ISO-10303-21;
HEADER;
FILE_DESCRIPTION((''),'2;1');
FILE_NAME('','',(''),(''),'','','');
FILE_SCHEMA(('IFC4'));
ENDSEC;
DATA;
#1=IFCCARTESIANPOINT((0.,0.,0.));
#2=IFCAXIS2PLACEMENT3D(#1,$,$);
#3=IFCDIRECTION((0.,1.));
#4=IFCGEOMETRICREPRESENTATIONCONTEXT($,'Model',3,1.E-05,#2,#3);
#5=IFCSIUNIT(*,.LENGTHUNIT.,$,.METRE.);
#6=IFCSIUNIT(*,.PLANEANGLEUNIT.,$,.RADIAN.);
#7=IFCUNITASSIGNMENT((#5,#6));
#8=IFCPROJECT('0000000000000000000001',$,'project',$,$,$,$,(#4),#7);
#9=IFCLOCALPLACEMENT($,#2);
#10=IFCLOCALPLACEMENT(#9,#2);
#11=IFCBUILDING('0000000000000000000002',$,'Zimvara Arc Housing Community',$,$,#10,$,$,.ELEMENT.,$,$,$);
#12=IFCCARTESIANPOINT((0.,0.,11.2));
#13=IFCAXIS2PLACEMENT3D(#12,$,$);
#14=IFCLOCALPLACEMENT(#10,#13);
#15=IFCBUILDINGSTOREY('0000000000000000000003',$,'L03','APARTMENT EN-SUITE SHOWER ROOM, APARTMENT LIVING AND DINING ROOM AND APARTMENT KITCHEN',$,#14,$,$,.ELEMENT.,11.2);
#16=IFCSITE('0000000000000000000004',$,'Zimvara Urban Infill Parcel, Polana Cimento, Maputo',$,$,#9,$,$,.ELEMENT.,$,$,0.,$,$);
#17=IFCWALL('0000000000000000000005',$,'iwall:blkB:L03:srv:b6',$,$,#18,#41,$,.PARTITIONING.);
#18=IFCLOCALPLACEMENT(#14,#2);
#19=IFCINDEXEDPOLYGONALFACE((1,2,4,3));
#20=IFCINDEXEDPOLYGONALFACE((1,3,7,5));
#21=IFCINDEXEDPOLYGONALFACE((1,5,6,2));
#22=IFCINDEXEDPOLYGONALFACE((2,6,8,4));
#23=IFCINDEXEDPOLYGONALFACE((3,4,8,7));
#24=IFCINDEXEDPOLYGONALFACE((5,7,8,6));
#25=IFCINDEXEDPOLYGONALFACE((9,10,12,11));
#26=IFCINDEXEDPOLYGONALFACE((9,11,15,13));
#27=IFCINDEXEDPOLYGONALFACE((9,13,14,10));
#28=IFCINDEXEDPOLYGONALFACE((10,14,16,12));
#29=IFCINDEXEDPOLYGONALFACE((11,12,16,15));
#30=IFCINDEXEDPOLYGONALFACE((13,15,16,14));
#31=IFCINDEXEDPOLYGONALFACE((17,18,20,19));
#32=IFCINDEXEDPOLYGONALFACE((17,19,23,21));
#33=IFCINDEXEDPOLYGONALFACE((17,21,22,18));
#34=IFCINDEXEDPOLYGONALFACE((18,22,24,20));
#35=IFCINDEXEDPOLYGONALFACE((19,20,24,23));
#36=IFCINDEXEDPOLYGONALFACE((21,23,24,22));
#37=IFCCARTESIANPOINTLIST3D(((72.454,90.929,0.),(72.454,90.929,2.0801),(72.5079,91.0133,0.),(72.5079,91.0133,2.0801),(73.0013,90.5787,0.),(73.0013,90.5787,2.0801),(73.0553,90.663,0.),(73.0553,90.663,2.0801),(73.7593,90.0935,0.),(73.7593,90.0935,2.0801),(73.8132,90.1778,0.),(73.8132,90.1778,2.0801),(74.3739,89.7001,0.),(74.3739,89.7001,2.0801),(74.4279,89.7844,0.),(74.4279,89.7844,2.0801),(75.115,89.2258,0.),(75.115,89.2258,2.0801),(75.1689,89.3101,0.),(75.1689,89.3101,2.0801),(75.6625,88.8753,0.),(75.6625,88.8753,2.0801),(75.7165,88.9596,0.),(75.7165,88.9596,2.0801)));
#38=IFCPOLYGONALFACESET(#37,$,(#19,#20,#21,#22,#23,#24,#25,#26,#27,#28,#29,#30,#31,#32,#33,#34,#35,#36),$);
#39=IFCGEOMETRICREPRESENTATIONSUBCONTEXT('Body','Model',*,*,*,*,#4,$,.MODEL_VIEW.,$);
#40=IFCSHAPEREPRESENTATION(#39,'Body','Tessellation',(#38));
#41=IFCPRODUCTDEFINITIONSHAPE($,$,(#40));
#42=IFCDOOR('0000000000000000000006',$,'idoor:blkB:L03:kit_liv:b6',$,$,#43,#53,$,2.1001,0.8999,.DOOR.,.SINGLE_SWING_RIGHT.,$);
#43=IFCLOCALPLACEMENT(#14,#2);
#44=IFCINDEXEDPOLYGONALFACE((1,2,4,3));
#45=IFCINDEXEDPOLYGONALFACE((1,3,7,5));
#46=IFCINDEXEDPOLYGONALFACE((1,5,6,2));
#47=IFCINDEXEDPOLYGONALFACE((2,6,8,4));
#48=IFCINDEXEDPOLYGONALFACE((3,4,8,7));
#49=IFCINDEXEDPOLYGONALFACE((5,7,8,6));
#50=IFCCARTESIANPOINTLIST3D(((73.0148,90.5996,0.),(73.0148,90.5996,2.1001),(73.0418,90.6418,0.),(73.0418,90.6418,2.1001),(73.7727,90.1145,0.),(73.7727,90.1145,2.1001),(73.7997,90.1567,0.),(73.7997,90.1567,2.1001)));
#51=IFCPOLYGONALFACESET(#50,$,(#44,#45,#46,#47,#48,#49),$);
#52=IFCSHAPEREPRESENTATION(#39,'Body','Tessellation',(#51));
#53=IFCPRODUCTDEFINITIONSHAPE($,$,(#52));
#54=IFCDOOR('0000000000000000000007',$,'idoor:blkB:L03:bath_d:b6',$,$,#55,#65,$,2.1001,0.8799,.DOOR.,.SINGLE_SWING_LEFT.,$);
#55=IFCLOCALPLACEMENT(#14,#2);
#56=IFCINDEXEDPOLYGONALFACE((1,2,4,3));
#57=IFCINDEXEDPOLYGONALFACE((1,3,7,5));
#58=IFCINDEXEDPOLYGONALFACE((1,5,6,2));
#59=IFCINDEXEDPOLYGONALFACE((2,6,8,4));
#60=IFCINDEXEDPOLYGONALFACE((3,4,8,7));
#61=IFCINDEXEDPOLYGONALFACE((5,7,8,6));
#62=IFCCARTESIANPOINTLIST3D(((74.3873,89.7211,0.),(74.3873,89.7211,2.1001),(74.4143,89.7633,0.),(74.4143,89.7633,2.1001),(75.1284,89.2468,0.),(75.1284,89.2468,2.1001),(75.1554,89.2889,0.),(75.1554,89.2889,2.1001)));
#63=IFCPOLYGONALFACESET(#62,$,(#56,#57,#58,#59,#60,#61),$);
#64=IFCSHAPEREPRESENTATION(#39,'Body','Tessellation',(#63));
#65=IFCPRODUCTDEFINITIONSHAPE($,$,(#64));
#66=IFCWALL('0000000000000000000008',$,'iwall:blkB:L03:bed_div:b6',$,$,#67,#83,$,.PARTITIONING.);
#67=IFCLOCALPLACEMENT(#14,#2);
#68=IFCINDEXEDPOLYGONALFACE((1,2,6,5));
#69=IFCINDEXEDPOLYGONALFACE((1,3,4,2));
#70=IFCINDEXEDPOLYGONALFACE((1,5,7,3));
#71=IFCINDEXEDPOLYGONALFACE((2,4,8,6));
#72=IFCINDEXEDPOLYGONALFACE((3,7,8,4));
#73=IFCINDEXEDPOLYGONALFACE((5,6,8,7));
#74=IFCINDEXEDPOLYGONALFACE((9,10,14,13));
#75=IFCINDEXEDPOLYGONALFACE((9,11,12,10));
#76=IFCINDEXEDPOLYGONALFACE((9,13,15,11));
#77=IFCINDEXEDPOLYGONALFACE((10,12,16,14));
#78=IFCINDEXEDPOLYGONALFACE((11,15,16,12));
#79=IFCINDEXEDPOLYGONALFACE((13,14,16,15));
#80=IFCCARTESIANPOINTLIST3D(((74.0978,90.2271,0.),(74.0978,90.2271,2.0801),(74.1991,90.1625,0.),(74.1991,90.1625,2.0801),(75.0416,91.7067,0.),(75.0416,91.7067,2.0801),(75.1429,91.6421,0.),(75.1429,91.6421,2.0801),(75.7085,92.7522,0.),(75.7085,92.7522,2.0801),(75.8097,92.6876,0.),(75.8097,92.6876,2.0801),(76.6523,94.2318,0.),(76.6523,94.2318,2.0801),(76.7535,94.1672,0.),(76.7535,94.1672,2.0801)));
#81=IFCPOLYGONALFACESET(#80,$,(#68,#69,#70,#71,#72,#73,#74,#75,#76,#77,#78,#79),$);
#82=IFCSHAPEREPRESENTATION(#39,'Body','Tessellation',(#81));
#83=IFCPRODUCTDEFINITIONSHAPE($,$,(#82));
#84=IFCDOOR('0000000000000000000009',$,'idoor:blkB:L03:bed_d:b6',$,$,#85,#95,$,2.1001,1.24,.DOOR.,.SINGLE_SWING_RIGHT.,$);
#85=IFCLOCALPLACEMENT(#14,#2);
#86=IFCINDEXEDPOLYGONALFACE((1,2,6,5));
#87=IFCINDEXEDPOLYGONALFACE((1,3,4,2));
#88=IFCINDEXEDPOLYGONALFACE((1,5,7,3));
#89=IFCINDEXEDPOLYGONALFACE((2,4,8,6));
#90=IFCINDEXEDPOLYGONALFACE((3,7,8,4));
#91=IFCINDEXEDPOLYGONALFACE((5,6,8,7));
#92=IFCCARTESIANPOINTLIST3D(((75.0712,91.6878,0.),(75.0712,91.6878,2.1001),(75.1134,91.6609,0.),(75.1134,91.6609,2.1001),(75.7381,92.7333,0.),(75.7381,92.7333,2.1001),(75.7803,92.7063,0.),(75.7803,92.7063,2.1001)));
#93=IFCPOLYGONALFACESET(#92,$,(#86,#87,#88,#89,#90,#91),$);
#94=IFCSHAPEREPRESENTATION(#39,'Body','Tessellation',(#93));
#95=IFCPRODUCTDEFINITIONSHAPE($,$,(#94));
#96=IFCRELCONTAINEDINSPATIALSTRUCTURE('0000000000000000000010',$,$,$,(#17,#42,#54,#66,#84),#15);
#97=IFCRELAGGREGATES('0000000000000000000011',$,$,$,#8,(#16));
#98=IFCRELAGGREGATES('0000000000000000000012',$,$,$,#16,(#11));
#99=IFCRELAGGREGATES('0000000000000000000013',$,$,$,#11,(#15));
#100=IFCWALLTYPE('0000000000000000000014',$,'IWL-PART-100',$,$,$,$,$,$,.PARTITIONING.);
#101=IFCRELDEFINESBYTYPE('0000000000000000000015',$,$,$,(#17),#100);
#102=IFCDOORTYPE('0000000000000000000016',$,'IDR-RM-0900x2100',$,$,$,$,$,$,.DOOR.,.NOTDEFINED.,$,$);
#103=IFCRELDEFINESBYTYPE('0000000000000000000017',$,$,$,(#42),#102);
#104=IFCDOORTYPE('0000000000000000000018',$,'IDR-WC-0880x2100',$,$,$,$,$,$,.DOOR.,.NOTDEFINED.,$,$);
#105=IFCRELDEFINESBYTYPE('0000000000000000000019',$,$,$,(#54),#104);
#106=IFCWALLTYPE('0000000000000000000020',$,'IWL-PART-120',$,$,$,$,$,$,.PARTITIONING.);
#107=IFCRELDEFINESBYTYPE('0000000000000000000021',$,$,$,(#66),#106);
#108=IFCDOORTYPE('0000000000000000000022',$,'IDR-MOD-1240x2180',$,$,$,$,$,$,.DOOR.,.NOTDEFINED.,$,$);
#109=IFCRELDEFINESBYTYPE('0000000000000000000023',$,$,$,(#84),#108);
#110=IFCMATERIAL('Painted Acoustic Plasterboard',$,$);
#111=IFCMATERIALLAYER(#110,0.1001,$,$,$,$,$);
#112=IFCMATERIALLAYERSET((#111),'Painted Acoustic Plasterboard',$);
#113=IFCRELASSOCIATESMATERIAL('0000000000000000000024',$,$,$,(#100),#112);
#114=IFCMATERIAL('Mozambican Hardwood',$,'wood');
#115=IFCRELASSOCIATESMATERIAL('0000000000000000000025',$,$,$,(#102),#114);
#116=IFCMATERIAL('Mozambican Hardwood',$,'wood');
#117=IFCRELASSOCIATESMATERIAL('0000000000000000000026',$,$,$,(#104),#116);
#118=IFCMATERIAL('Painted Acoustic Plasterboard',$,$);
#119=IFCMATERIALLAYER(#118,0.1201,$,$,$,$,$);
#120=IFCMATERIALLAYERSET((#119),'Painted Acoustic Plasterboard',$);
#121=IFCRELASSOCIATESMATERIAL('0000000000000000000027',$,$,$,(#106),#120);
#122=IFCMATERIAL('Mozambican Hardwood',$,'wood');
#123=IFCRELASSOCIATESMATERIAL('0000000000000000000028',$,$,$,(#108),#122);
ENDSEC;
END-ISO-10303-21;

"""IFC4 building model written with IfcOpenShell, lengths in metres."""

from ifc_helpers import new_model, si_unit, direction, frame, frame_2d, origin, place, context, subcontext, project, spatial, rectangle, extrude, material, layer, layer_set, type_object, element, fill, save


model = new_model("IFC4")

# Units and contexts
model_context = context("Model", 3, precision=1e-05, world=origin(), true_north=direction((0.0, 1.0)))
body_context = subcontext(model_context, "Body", "Model", "MODEL_VIEW")
ifc_project = project(units=[si_unit("LENGTHUNIT", "METRE"), si_unit("PLANEANGLEUNIT", "RADIAN")], contexts=[model_context])

# Site, building, storey
site_placement = place(None, origin())
site = spatial("IfcSite", under=ifc_project, at=site_placement, Name="Zimvara Urban Infill Parcel, Polana Cimento, Maputo", CompositionType="ELEMENT", RefElevation=0.0)
building_placement = place(site_placement, origin())
building = spatial("IfcBuilding", under=site, at=building_placement, Name="Zimvara Arc Housing Community", CompositionType="ELEMENT")
storey_placement = place(building_placement, frame((0.0, 0.0, 11.2)))
storey = spatial("IfcBuildingStorey", under=building, at=storey_placement, Name="L03", Description="APARTMENT EN-SUITE SHOWER ROOM, APARTMENT LIVING AND DINING ROOM AND APARTMENT KITCHEN", CompositionType="ELEMENT", Elevation=11.2)

# Wall, openings, doors
ifc_material_1 = material(Name="Painted Acoustic Plasterboard")
ifc_layer_1 = layer(ifc_material_1, 0.1001)
ifc_layer_set_1 = layer_set([ifc_layer_1], Name="Painted Acoustic Plasterboard")
wall_type_1 = type_object("IfcWallType", Name="IWL-PART-100", PredefinedType="PARTITIONING", material=ifc_layer_set_1)
wall_1_placement = place(storey_placement, frame((72.481, 90.9712, 0.0), z_axis=(0.0, 0.0, 1.0), x_axis=(0.842239, -0.539105, 0.0)))
wall_1 = element("IfcWall", 1, at=wall_1_placement, inside=storey, type_object=wall_type_1, Name="iwall:blkB:L03:srv:b6", PredefinedType="PARTITIONING", context=body_context, shape_type="SweptSolid", body=[
    extrude(rectangle(XDim=3.8096, YDim=0.1001, at=frame_2d((1.9048, 0.0))), origin(), (0.0, 0.0, 1.0), 2.0801),
])
opening_1_placement = place(wall_1_placement, frame((0.6499, 0.0, 0.0)))
opening_1 = element("IfcOpeningElement", 2, at=opening_1_placement, cuts=wall_1, PredefinedType="OPENING", context=body_context, shape_type="SweptSolid", body=[
    extrude(rectangle(XDim=0.8999, YDim=2.1001, at=frame_2d((0.45, 1.05))), frame((0.0, 0.0601, 0.0), z_axis=(0.0, -1.0, 0.0), x_axis=(1.0, 0.0, 0.0)), (0.0, 0.0, 1.0), 0.1201),
])
opening_2_placement = place(wall_1_placement, frame((2.2795, 0.0, 0.0)))
opening_2 = element("IfcOpeningElement", 3, at=opening_2_placement, cuts=wall_1, PredefinedType="OPENING", context=body_context, shape_type="SweptSolid", body=[
    extrude(rectangle(XDim=0.8799, YDim=2.1001, at=frame_2d((0.4399, 1.05))), frame((0.0, 0.0601, 0.0), z_axis=(0.0, -1.0, 0.0), x_axis=(1.0, 0.0, 0.0)), (0.0, 0.0, 1.0), 0.1201),
])
ifc_material_2 = material(Name="Mozambican Hardwood", Category="wood")
door_type_1 = type_object("IfcDoorType", Name="IDR-RM-0900x2100", OperationType="NOTDEFINED", PredefinedType="DOOR", material=ifc_material_2)
door_1_placement = place(opening_1_placement, origin())
door_1 = element("IfcDoor", 4, at=door_1_placement, inside=storey, type_object=door_type_1, Name="idoor:blkB:L03:kit_liv:b6", OperationType="SINGLE_SWING_RIGHT", OverallHeight=2.1001, OverallWidth=0.8999, PredefinedType="DOOR", context=body_context, shape_type="SweptSolid", body=[
    extrude(rectangle(XDim=0.8999, YDim=2.1001, at=frame_2d((0.45, 1.05))), frame((0.0, 0.0249, 0.0), z_axis=(0.0, -1.0, 0.0), x_axis=(1.0, 0.0, 0.0)), (0.0, 0.0, 1.0), 0.05),
])
fill(opening_1, door_1)
ifc_material_3 = material(Name="Mozambican Hardwood", Category="wood")
door_type_2 = type_object("IfcDoorType", Name="IDR-WC-0880x2100", OperationType="NOTDEFINED", PredefinedType="DOOR", material=ifc_material_3)
door_2_placement = place(opening_2_placement, origin())
door_2 = element("IfcDoor", 5, at=door_2_placement, inside=storey, type_object=door_type_2, Name="idoor:blkB:L03:bath_d:b6", OperationType="SINGLE_SWING_LEFT", OverallHeight=2.1001, OverallWidth=0.8799, PredefinedType="DOOR", context=body_context, shape_type="SweptSolid", body=[
    extrude(rectangle(XDim=0.8799, YDim=2.1001, at=frame_2d((0.4399, 1.05))), frame((0.0, 0.0249, 0.0), z_axis=(0.0, -1.0, 0.0), x_axis=(1.0, 0.0, 0.0)), (0.0, 0.0, 1.0), 0.05),
])
fill(opening_2, door_2)

# Wall, opening, door
ifc_material_4 = material(Name="Painted Acoustic Plasterboard")
ifc_layer_2 = layer(ifc_material_4, 0.1201)
ifc_layer_set_2 = layer_set([ifc_layer_2], Name="Painted Acoustic Plasterboard")
wall_type_2 = type_object("IfcWallType", Name="IWL-PART-120", PredefinedType="PARTITIONING", material=ifc_layer_set_2)
wall_2_placement = place(storey_placement, frame((74.1484, 90.1948, 0.0), z_axis=(0.0, 0.0, 1.0), x_axis=(0.53778, 0.843085, 0.0)))
wall_2 = element("IfcWall", 6, at=wall_2_placement, inside=storey, type_object=wall_type_2, Name="iwall:blkB:L03:bed_div:b6", PredefinedType="PARTITIONING", context=body_context, shape_type="SweptSolid", body=[
    extrude(rectangle(XDim=4.75, YDim=0.1201, at=frame_2d((2.375, 0.0))), origin(), (0.0, 0.0, 1.0), 2.0801),
])
opening_3_placement = place(wall_2_placement, frame((1.7549, 0.0, 0.0)))
opening_3 = element("IfcOpeningElement", 7, at=opening_3_placement, cuts=wall_2, PredefinedType="OPENING", context=body_context, shape_type="SweptSolid", body=[
    extrude(rectangle(XDim=1.24, YDim=2.1001, at=frame_2d((0.6201, 1.05))), frame((0.0, 0.0701, 0.0), z_axis=(0.0, -1.0, 0.0), x_axis=(1.0, 0.0, 0.0)), (0.0, 0.0, 1.0), 0.1401),
])
ifc_material_5 = material(Name="Mozambican Hardwood", Category="wood")
door_type_3 = type_object("IfcDoorType", Name="IDR-MOD-1240x2180", OperationType="NOTDEFINED", PredefinedType="DOOR", material=ifc_material_5)
door_3_placement = place(opening_3_placement, origin())
door_3 = element("IfcDoor", 8, at=door_3_placement, inside=storey, type_object=door_type_3, Name="idoor:blkB:L03:bed_d:b6", OperationType="SINGLE_SWING_RIGHT", OverallHeight=2.1001, OverallWidth=1.24, PredefinedType="DOOR", context=body_context, shape_type="SweptSolid", body=[
    extrude(rectangle(XDim=1.24, YDim=2.1001, at=frame_2d((0.6201, 1.05))), frame((0.0, 0.0249, 0.0), z_axis=(0.0, -1.0, 0.0), x_axis=(1.0, 0.0, 0.0)), (0.0, 0.0, 1.0), 0.05),
])
fill(opening_3, door_3)

save(model, "model.ifc")
